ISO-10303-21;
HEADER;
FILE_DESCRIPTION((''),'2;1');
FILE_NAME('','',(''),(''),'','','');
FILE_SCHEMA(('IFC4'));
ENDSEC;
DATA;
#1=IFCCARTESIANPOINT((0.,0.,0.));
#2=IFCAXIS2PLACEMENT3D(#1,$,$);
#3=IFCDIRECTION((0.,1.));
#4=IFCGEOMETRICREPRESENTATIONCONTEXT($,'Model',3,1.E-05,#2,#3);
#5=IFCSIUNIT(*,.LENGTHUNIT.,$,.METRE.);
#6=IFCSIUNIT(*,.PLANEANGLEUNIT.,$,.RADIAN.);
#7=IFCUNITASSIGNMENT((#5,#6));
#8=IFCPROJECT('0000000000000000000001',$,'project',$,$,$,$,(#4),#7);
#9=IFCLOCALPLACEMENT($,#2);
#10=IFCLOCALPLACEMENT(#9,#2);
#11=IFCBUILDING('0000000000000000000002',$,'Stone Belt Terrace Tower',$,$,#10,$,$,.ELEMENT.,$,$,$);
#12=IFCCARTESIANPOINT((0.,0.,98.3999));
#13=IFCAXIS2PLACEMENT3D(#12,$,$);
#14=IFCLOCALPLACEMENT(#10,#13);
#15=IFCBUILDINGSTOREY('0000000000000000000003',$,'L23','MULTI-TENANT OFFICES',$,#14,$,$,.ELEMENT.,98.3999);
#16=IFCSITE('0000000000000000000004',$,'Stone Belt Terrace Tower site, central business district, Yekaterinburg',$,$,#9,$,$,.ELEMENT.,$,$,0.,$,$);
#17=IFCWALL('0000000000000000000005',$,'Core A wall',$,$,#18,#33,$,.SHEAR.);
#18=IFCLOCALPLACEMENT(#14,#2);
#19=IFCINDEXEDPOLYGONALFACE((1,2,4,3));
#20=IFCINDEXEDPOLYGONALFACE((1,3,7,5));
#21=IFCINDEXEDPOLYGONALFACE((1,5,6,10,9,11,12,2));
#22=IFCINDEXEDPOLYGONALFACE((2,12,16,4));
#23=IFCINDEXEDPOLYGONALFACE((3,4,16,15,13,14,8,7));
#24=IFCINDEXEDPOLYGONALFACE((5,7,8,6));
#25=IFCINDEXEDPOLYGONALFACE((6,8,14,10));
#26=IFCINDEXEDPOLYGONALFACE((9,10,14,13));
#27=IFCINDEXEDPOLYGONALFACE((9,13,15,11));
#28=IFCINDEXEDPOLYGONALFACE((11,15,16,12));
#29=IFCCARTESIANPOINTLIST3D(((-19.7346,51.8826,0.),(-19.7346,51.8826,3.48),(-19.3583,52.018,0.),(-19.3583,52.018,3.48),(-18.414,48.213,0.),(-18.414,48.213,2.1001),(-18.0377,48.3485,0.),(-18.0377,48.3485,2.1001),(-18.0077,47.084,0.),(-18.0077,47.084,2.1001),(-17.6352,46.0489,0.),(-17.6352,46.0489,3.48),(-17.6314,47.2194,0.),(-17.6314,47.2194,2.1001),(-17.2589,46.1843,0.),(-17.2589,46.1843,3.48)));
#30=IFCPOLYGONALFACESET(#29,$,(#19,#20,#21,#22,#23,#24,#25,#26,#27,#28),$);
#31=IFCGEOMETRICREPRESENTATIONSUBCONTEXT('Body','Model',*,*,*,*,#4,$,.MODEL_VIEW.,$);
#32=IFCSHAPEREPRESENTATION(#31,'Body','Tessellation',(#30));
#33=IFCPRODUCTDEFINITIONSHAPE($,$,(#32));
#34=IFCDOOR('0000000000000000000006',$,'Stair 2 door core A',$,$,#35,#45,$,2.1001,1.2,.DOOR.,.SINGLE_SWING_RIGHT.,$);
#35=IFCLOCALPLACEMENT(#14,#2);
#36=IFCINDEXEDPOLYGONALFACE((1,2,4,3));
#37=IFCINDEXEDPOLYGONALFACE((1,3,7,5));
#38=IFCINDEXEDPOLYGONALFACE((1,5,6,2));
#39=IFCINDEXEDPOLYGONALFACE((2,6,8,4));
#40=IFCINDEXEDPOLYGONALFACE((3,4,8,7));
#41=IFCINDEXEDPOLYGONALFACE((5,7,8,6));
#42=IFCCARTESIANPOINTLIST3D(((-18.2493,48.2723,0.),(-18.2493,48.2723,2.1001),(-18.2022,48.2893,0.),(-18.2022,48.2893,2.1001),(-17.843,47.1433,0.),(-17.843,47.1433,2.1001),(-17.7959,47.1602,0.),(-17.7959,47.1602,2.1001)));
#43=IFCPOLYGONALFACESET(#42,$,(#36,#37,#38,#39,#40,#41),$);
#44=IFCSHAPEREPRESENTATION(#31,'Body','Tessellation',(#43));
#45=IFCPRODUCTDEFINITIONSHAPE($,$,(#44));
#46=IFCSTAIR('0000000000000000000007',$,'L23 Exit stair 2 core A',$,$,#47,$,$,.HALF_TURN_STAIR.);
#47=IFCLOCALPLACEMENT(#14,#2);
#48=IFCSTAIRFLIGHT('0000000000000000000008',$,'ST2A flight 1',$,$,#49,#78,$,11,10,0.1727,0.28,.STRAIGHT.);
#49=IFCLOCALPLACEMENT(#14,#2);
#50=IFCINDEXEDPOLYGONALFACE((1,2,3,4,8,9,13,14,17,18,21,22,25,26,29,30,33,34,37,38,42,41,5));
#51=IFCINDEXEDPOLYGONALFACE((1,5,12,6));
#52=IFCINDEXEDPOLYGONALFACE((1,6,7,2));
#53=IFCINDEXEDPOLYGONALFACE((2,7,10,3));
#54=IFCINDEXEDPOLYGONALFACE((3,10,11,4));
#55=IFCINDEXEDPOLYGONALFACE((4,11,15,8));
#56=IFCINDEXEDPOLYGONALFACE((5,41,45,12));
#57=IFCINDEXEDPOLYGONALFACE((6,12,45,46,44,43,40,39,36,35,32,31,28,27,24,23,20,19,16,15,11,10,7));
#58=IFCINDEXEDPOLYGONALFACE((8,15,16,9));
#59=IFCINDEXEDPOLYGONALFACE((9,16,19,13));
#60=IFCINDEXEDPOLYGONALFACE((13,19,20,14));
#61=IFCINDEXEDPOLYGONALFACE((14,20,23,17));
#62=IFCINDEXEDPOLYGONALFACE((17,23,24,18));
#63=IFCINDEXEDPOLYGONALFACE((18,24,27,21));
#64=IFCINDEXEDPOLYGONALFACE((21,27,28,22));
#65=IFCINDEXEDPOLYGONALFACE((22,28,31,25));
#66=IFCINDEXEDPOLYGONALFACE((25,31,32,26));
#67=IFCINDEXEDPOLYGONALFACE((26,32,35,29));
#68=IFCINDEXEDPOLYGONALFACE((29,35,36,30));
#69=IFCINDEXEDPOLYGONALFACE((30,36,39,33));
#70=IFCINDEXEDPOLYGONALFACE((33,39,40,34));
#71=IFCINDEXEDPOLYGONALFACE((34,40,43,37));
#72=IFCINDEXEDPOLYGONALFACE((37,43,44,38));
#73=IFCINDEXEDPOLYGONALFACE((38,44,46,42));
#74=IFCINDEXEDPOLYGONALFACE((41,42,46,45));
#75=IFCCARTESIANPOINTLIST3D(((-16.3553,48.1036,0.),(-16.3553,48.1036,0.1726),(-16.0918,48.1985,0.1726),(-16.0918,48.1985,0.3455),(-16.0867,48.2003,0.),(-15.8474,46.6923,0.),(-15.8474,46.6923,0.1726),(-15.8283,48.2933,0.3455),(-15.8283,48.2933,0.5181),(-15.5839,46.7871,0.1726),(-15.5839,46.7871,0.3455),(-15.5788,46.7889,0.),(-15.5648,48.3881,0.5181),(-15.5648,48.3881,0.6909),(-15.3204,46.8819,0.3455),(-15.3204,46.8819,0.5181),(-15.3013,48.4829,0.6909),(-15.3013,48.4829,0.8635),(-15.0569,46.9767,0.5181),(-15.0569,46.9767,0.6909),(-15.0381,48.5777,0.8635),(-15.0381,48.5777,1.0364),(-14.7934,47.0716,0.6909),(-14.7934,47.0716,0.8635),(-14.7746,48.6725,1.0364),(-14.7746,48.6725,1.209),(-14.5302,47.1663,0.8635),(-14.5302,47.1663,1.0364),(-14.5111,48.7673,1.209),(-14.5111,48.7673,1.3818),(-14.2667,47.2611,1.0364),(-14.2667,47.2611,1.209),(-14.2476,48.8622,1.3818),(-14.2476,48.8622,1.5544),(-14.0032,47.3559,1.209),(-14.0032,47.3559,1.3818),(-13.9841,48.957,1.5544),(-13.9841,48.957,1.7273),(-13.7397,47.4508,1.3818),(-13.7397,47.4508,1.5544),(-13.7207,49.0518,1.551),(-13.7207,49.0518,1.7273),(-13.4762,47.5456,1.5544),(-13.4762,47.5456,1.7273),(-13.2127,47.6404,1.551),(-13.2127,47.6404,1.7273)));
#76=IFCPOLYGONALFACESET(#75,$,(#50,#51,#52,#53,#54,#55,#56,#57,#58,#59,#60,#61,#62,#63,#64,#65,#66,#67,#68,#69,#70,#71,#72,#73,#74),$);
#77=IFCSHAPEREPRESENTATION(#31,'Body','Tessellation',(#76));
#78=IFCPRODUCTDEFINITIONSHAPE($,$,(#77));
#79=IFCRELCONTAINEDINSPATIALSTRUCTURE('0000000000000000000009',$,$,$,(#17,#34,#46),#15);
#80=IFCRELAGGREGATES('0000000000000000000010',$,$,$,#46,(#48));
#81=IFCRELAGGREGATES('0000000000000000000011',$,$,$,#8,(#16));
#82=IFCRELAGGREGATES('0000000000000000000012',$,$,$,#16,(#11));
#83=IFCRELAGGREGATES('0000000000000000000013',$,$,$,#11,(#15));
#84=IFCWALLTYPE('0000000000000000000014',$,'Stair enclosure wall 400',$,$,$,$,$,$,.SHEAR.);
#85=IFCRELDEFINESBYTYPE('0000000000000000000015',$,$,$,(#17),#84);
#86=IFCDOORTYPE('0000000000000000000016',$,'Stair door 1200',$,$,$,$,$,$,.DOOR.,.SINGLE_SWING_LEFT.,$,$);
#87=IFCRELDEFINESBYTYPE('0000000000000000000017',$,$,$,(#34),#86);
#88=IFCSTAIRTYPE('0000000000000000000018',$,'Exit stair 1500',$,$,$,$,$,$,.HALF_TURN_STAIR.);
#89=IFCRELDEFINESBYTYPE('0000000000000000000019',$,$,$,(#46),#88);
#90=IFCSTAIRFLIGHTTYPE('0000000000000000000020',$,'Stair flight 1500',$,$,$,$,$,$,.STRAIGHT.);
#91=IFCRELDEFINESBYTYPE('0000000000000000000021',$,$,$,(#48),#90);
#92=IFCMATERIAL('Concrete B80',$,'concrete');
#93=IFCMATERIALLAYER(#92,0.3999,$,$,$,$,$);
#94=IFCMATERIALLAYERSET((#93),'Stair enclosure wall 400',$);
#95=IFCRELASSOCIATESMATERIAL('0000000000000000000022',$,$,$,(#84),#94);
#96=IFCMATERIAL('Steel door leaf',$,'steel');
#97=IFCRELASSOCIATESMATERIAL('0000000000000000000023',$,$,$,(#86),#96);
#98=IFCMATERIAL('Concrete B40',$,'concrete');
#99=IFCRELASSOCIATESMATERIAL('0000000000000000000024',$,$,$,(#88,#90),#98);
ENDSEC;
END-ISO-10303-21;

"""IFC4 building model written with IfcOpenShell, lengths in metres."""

from ifc_helpers import new_model, si_unit, direction, frame, frame_2d, origin, place, context, subcontext, project, spatial, polyline, rectangle, outline, extrude, material, layer, layer_set, type_object, element, fill, aggregate, save


model = new_model("IFC4")

# Units and contexts
model_context = context("Model", 3, precision=1e-05, world=origin(), true_north=direction((0.0, 1.0)))
body_context = subcontext(model_context, "Body", "Model", "MODEL_VIEW")
ifc_project = project(units=[si_unit("LENGTHUNIT", "METRE"), si_unit("PLANEANGLEUNIT", "RADIAN")], contexts=[model_context])

# Site, building, storey
site_placement = place(None, origin())
site = spatial("IfcSite", under=ifc_project, at=site_placement, Name="Stone Belt Terrace Tower site, central business district, Yekaterinburg", CompositionType="ELEMENT", RefElevation=0.0)
building_placement = place(site_placement, origin())
building = spatial("IfcBuilding", under=site, at=building_placement, Name="Stone Belt Terrace Tower", CompositionType="ELEMENT")
storey_placement = place(building_placement, frame((0.0, 0.0, 98.3999)))
storey = spatial("IfcBuildingStorey", under=building, at=storey_placement, Name="L23", Description="MULTI-TENANT OFFICES", CompositionType="ELEMENT", Elevation=98.3999)

# Shared definitions
ifc_material_1 = material(Name="Concrete B80", Category="concrete")

# Wall, opening, door
ifc_layer_1 = layer(ifc_material_1, 0.3999)
ifc_layer_set_1 = layer_set([ifc_layer_1], Name="Stair enclosure wall 400")
wall_type_1 = type_object("IfcWallType", Name="Stair enclosure wall 400", PredefinedType="SHEAR", material=ifc_layer_set_1)
wall_1_placement = place(storey_placement, frame((-17.447, 46.1165, 0.0), z_axis=(0.0, 0.0, 1.0), x_axis=(-0.338608, 0.940928, 0.0)))
wall_1 = element("IfcWall", 1, at=wall_1_placement, inside=storey, type_object=wall_type_1, Name="Core A wall", PredefinedType="SHEAR", context=body_context, shape_type="SweptSolid", body=[
    extrude(rectangle(XDim=6.2, YDim=0.3999, at=frame_2d((3.1001, 0.0))), origin(), (0.0, 0.0, 1.0), 3.48),
])
opening_1_placement = place(wall_1_placement, frame((1.1001, 0.0, 0.0)))
opening_1 = element("IfcOpeningElement", 2, at=opening_1_placement, cuts=wall_1, PredefinedType="OPENING", context=body_context, shape_type="SweptSolid", body=[
    extrude(rectangle(XDim=1.2, YDim=2.1001, at=frame_2d((0.6001, 1.05))), frame((0.0, 0.21, 0.0), z_axis=(0.0, -1.0, 0.0), x_axis=(1.0, 0.0, 0.0)), (0.0, 0.0, 1.0), 0.4199),
])
ifc_material_2 = material(Name="Steel door leaf", Category="steel")
door_type_1 = type_object("IfcDoorType", Name="Stair door 1200", OperationType="SINGLE_SWING_LEFT", PredefinedType="DOOR", material=ifc_material_2)
door_1_placement = place(opening_1_placement, origin())
door_1 = element("IfcDoor", 3, at=door_1_placement, inside=storey, type_object=door_type_1, Name="Stair 2 door core A", OperationType="SINGLE_SWING_RIGHT", OverallHeight=2.1001, OverallWidth=1.2, PredefinedType="DOOR", context=body_context, shape_type="SweptSolid", body=[
    extrude(rectangle(XDim=1.2, YDim=2.1001, at=frame_2d((0.6001, 1.05))), frame((0.0, 0.0249, 0.0), z_axis=(0.0, -1.0, 0.0), x_axis=(1.0, 0.0, 0.0)), (0.0, 0.0, 1.0), 0.05),
])
fill(opening_1, door_1)

# Stair, stair flight
ifc_material_3 = material(Name="Concrete B40", Category="concrete")
stair_type = type_object("IfcStairType", Name="Exit stair 1500", PredefinedType="HALF_TURN_STAIR", material=ifc_material_3)
stair_placement = place(storey_placement, origin())
stair = element("IfcStair", 4, at=stair_placement, inside=storey, type_object=stair_type, Name="L23 Exit stair 2 core A", PredefinedType="HALF_TURN_STAIR")
stair_flight_type = type_object("IfcStairFlightType", Name="Stair flight 1500", PredefinedType="STRAIGHT", material=ifc_material_3)
stair_flight_placement = place(storey_placement, frame((-16.1013, 47.3979, 0.0), z_axis=(0.0, 0.0, 1.0), x_axis=(0.940922, 0.338624, 0.0)))
stair_flight = element("IfcStairFlight", 5, at=stair_flight_placement, type_object=stair_flight_type, Name="ST2A flight 1", NumberOfRisers=11, NumberOfTreads=10, PredefinedType="STRAIGHT", RiserHeight=0.1727, TreadLength=0.28, context=body_context, shape_type="SweptSolid", body=[
    extrude(outline(polyline([(0.0, 0.0), (0.0, 0.1726), (0.28, 0.1726), (0.28, 0.3455), (0.5601, 0.3455), (0.5601, 0.5181), (0.8401, 0.5181), (0.8401, 0.6909), (1.1201, 0.6909), (1.1201, 0.8635), (1.3999, 0.8635), (1.3999, 1.0364), (1.6799, 1.0364), (1.6799, 1.209), (1.96, 1.209), (1.96, 1.3818), (2.24, 1.3818), (2.24, 1.5544), (2.52, 1.5544), (2.52, 1.7273), (2.8, 1.7273), (2.8, 1.8999), (2.8, 1.551), (0.2854, 0.0), (0.0, 0.0)])), frame((0.0, 0.75, 0.0), z_axis=(0.0, -1.0, 0.0), x_axis=(1.0, 0.0, 0.0)), (0.0, 0.0, 1.0), 1.5),
])
aggregate(stair, [stair_flight])

save(model, "model.ifc")
